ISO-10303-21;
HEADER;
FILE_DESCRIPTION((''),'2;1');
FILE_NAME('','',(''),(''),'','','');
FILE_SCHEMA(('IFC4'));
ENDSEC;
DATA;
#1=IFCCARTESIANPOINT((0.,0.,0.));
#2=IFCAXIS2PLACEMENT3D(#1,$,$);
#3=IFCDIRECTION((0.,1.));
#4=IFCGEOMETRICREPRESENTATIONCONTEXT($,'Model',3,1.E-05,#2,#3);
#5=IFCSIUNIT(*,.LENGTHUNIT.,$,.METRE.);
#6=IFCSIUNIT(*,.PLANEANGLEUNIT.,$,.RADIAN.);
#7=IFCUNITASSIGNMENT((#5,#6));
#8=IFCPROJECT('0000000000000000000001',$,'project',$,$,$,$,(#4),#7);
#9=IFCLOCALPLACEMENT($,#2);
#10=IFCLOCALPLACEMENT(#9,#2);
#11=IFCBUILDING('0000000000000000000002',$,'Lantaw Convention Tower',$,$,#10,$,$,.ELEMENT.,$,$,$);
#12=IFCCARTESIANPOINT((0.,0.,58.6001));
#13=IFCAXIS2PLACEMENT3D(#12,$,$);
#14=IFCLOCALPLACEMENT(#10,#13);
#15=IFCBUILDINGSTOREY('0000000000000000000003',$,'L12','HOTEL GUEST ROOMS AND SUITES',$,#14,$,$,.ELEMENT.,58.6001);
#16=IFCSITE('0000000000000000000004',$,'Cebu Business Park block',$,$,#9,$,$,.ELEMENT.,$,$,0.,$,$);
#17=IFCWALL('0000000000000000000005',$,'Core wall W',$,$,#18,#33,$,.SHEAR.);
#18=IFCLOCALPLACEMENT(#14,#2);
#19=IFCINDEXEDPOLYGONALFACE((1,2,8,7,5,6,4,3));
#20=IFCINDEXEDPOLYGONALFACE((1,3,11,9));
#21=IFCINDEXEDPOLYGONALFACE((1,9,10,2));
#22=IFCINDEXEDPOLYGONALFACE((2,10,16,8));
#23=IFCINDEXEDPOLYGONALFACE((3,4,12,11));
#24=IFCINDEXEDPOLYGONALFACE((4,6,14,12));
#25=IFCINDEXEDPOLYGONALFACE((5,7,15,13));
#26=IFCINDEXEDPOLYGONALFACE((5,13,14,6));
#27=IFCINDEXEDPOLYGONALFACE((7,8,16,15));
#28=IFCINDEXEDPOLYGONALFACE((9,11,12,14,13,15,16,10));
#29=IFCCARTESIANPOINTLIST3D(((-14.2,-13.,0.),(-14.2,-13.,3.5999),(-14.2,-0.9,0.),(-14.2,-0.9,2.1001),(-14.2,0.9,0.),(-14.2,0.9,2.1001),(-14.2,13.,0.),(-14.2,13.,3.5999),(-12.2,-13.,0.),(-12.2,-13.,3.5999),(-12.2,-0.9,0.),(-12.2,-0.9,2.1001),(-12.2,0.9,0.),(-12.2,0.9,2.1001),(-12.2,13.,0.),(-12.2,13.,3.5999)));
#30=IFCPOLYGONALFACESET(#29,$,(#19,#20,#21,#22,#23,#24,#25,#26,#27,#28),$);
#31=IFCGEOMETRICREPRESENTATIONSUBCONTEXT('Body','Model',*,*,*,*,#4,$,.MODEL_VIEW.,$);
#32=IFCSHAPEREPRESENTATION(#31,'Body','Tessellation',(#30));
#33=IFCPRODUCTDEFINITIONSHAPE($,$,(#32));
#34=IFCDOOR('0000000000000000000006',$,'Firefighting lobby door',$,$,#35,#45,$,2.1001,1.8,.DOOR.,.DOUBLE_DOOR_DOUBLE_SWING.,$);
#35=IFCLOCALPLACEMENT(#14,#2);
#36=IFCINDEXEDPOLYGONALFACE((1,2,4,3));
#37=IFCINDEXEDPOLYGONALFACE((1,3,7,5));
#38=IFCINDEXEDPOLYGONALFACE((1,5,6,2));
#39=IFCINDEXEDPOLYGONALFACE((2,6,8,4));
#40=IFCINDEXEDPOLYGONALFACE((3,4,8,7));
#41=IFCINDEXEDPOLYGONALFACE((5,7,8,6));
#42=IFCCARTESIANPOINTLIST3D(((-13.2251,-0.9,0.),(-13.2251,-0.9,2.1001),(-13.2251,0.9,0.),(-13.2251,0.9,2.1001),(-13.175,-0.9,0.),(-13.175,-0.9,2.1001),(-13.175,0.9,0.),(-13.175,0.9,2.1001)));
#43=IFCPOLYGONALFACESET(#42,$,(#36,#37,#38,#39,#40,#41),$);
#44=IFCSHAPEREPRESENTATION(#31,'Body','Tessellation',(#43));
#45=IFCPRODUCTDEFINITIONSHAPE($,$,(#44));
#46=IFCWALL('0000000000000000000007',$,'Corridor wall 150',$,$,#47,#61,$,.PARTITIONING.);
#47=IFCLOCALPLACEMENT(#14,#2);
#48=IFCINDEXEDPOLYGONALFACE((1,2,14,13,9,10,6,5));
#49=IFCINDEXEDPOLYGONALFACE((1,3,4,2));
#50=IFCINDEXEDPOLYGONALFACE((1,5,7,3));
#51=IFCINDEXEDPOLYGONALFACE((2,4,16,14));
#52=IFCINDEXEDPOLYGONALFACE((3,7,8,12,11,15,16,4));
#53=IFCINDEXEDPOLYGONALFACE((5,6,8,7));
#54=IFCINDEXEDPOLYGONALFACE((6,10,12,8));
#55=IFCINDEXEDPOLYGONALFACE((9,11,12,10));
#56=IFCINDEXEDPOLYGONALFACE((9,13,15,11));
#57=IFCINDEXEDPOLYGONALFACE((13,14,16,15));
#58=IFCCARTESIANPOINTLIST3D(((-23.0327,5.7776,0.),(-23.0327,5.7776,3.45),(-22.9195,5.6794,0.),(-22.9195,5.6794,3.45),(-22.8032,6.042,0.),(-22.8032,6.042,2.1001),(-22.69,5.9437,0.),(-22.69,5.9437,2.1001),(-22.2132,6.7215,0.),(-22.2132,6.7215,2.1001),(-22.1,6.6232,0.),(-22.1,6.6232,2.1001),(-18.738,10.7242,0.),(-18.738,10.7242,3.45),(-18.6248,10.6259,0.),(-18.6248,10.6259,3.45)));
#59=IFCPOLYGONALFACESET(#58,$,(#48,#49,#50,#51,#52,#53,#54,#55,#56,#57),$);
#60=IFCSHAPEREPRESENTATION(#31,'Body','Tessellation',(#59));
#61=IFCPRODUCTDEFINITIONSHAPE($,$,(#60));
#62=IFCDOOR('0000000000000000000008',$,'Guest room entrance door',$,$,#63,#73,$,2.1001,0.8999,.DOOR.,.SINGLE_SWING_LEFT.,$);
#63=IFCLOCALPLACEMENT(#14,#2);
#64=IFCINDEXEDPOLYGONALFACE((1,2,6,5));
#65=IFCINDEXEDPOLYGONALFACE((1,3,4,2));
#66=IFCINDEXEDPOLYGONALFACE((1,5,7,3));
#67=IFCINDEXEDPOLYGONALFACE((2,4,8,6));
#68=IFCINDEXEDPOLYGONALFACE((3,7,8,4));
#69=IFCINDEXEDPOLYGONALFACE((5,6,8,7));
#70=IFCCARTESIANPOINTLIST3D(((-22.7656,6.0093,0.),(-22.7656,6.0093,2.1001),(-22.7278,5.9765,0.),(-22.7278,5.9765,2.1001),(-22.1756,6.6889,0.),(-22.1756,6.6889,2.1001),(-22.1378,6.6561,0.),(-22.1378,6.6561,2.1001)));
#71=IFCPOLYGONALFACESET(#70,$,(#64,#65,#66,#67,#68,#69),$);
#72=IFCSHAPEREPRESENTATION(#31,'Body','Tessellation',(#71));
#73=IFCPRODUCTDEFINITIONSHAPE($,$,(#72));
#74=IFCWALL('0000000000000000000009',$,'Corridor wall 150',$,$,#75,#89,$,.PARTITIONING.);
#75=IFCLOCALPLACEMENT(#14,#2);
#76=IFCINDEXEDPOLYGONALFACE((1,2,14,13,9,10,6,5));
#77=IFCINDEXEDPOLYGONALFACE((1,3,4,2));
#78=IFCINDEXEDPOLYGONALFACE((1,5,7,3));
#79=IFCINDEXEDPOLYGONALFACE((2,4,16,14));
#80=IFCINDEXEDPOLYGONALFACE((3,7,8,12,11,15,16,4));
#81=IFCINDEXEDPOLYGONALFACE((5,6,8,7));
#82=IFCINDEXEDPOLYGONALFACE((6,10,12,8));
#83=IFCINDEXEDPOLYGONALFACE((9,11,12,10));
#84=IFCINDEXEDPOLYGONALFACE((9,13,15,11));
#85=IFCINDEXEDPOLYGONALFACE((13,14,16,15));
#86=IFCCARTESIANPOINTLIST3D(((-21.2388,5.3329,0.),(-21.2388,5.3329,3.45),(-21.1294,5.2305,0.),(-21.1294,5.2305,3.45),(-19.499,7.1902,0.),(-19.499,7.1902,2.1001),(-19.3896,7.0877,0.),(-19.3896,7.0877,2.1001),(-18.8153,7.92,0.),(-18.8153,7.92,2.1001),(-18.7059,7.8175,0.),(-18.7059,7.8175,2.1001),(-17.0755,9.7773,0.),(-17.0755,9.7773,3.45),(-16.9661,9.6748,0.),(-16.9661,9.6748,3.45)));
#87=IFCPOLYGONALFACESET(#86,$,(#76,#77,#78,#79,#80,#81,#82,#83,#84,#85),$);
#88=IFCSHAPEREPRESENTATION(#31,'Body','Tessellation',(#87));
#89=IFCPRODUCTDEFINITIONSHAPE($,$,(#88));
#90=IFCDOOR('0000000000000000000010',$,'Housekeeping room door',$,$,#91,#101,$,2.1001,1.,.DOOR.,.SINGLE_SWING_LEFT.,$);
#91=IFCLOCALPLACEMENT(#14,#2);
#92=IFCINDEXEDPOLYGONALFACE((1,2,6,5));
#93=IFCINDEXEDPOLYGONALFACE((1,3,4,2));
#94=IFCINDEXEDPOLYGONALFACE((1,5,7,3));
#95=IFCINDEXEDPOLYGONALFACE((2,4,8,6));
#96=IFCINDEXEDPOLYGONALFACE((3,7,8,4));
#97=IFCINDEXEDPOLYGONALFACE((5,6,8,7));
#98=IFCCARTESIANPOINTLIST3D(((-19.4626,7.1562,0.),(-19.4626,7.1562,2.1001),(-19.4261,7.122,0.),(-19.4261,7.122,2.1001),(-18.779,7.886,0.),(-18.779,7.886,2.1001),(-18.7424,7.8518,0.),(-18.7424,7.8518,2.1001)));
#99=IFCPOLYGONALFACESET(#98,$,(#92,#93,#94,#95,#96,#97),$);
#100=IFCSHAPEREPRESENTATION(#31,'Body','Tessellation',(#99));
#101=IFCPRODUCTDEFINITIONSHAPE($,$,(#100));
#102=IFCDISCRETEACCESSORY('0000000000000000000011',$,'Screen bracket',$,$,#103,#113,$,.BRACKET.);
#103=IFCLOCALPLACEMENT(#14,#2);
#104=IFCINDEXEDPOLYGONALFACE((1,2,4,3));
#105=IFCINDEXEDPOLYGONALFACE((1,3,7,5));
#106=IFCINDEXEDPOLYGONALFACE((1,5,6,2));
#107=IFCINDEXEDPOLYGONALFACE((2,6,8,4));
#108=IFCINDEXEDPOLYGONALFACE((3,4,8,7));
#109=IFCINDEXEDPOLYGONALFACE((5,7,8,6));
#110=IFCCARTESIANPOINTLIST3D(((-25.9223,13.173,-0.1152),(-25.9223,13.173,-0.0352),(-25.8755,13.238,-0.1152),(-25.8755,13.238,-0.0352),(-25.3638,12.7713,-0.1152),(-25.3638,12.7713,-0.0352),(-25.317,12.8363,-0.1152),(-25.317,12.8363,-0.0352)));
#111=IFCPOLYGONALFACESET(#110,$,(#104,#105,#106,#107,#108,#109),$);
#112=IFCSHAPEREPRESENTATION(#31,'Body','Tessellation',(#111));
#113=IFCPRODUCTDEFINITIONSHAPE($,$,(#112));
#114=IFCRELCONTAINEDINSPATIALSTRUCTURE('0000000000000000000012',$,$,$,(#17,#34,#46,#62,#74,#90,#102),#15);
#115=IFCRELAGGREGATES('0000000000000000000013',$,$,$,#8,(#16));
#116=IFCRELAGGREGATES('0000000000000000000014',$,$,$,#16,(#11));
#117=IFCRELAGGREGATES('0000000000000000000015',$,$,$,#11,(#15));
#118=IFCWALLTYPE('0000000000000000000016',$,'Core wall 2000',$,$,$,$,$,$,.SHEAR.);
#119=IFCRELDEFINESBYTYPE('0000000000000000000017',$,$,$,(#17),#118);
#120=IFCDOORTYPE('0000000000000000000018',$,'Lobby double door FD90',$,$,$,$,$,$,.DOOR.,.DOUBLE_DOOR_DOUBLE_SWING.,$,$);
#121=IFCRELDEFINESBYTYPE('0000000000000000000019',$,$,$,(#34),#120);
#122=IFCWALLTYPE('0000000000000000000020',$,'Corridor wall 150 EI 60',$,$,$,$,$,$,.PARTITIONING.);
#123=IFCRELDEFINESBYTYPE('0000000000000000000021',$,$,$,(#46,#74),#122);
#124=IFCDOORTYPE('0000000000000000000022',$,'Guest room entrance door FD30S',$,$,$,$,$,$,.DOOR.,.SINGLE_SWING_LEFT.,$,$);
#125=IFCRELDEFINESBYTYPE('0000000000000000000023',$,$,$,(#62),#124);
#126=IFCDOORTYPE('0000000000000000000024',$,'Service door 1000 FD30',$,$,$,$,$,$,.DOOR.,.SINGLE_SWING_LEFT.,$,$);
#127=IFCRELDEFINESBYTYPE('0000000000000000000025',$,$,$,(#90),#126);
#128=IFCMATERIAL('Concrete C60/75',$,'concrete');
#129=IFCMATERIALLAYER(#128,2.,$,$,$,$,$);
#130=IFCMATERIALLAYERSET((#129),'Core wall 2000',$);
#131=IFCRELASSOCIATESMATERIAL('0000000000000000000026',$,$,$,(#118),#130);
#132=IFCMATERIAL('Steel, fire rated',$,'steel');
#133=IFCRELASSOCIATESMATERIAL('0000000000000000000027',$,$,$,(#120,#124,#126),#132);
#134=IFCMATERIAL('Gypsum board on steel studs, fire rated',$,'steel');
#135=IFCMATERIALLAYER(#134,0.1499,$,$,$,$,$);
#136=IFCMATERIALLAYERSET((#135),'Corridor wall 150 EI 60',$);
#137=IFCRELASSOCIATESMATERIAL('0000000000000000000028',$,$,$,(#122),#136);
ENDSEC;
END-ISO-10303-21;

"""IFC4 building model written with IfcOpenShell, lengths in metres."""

from ifc_helpers import new_model, si_unit, direction, frame, frame_2d, origin, origin_2d, place, context, subcontext, project, spatial, rectangle, extrude, material, layer, layer_set, type_object, element, fill, save


model = new_model("IFC4")

# Units and contexts
model_context = context("Model", 3, precision=1e-05, world=origin(), true_north=direction((0.0, 1.0)))
body_context = subcontext(model_context, "Body", "Model", "MODEL_VIEW")
ifc_project = project(units=[si_unit("LENGTHUNIT", "METRE"), si_unit("PLANEANGLEUNIT", "RADIAN")], contexts=[model_context])

# Site, building, storey
site_placement = place(None, origin())
site = spatial("IfcSite", under=ifc_project, at=site_placement, Name="Cebu Business Park block", CompositionType="ELEMENT", RefElevation=0.0)
building_placement = place(site_placement, origin())
building = spatial("IfcBuilding", under=site, at=building_placement, Name="Lantaw Convention Tower", CompositionType="ELEMENT")
storey_placement = place(building_placement, frame((0.0, 0.0, 58.6001)))
storey = spatial("IfcBuildingStorey", under=building, at=storey_placement, Name="L12", Description="HOTEL GUEST ROOMS AND SUITES", CompositionType="ELEMENT", Elevation=58.6001)

# Shared definitions
ifc_material_1 = material(Name="Concrete C60/75", Category="concrete")

# Walls, openings, doors
ifc_layer_1 = layer(ifc_material_1, 2.0)
ifc_layer_set_1 = layer_set([ifc_layer_1], Name="Core wall 2000")
wall_type_1 = type_object("IfcWallType", Name="Core wall 2000", PredefinedType="SHEAR", material=ifc_layer_set_1)
wall_1_placement = place(storey_placement, frame((-13.2, 13.0, 0.0), z_axis=(0.0, 0.0, 1.0), x_axis=(0.0, -1.0, 0.0)))
wall_1 = element("IfcWall", 1, at=wall_1_placement, inside=storey, type_object=wall_type_1, Name="Core wall W", PredefinedType="SHEAR", context=body_context, shape_type="SweptSolid", body=[
    extrude(rectangle(XDim=26.0, YDim=2.0, at=frame_2d((13.0, 0.0))), origin(), (0.0, 0.0, 1.0), 3.5999),
])
opening_1_placement = place(wall_1_placement, frame((12.1001, 0.0, 0.0)))
opening_1 = element("IfcOpeningElement", 2, at=opening_1_placement, cuts=wall_1, PredefinedType="OPENING", context=body_context, shape_type="SweptSolid", body=[
    extrude(rectangle(XDim=1.8, YDim=2.1001, at=frame_2d((0.8999, 1.05))), frame((0.0, 1.01, 0.0), z_axis=(0.0, -1.0, 0.0), x_axis=(1.0, 0.0, 0.0)), (0.0, 0.0, 1.0), 2.02),
])
ifc_material_2 = material(Name="Steel, fire rated", Category="steel")
door_type_1 = type_object("IfcDoorType", Name="Lobby double door FD90", OperationType="DOUBLE_DOOR_DOUBLE_SWING", PredefinedType="DOOR", material=ifc_material_2)
door_1_placement = place(opening_1_placement, origin())
door_1 = element("IfcDoor", 3, at=door_1_placement, inside=storey, type_object=door_type_1, Name="Firefighting lobby door", OperationType="DOUBLE_DOOR_DOUBLE_SWING", OverallHeight=2.1001, OverallWidth=1.8, PredefinedType="DOOR", context=body_context, shape_type="SweptSolid", body=[
    extrude(rectangle(XDim=1.8, YDim=2.1001, at=frame_2d((0.8999, 1.05))), frame((0.0, 0.0249, 0.0), z_axis=(0.0, -1.0, 0.0), x_axis=(1.0, 0.0, 0.0)), (0.0, 0.0, 1.0), 0.05),
])
fill(opening_1, door_1)
ifc_material_3 = material(Name="Gypsum board on steel studs, fire rated", Category="steel")
ifc_layer_2 = layer(ifc_material_3, 0.1499)
ifc_layer_set_2 = layer_set([ifc_layer_2], Name="Corridor wall 150 EI 60")
wall_type_2 = type_object("IfcWallType", Name="Corridor wall 150 EI 60", PredefinedType="PARTITIONING", material=ifc_layer_set_2)
wall_2_placement = place(storey_placement, frame((-18.6814, 10.675, 0.0), z_axis=(0.0, 0.0, 1.0), x_axis=(-0.6556, -0.755108, 0.0)))
wall_2 = element("IfcWall", 4, at=wall_2_placement, inside=storey, type_object=wall_type_2, Name="Corridor wall 150", PredefinedType="PARTITIONING", context=body_context, shape_type="SweptSolid", body=[
    extrude(rectangle(XDim=6.5508, YDim=0.1499, at=frame_2d((3.2754, 0.0))), origin(), (0.0, 0.0, 1.0), 3.45),
])
opening_2_placement = place(wall_2_placement, frame((5.3008, 0.0, 0.0)))
opening_2 = element("IfcOpeningElement", 5, at=opening_2_placement, cuts=wall_2, PredefinedType="OPENING", context=body_context, shape_type="SweptSolid", body=[
    extrude(rectangle(XDim=0.8999, YDim=2.1001, at=frame_2d((0.45, 1.05))), frame((0.0, 0.085, 0.0), z_axis=(0.0, -1.0, 0.0), x_axis=(1.0, 0.0, 0.0)), (0.0, 0.0, 1.0), 0.1699),
])
door_type_2 = type_object("IfcDoorType", Name="Guest room entrance door FD30S", OperationType="SINGLE_SWING_LEFT", PredefinedType="DOOR", material=ifc_material_2)
door_2_placement = place(opening_2_placement, origin())
door_2 = element("IfcDoor", 6, at=door_2_placement, inside=storey, type_object=door_type_2, Name="Guest room entrance door", OperationType="SINGLE_SWING_LEFT", OverallHeight=2.1001, OverallWidth=0.8999, PredefinedType="DOOR", context=body_context, shape_type="SweptSolid", body=[
    extrude(rectangle(XDim=0.8999, YDim=2.1001, at=frame_2d((0.45, 1.05))), frame((0.0, 0.0249, 0.0), z_axis=(0.0, -1.0, 0.0), x_axis=(1.0, 0.0, 0.0)), (0.0, 0.0, 1.0), 0.05),
])
fill(opening_2, door_2)
wall_3_placement = place(storey_placement, frame((-17.0208, 9.7261, 0.0), z_axis=(0.0, 0.0, 1.0), x_axis=(-0.683658, -0.729802, 0.0)))
wall_3 = element("IfcWall", 7, at=wall_3_placement, inside=storey, type_object=wall_type_2, Name="Corridor wall 150", PredefinedType="PARTITIONING", context=body_context, shape_type="SweptSolid", body=[
    extrude(rectangle(XDim=6.0898, YDim=0.1499, at=frame_2d((3.0449, 0.0))), origin(), (0.0, 0.0, 1.0), 3.45),
])
opening_3_placement = place(wall_3_placement, frame((2.5449, 0.0, 0.0)))
opening_3 = element("IfcOpeningElement", 8, at=opening_3_placement, cuts=wall_3, PredefinedType="OPENING", context=body_context, shape_type="SweptSolid", body=[
    extrude(rectangle(XDim=1.0, YDim=2.1001, at=frame_2d((0.5, 1.05))), frame((0.0, 0.085, 0.0), z_axis=(0.0, -1.0, 0.0), x_axis=(1.0, 0.0, 0.0)), (0.0, 0.0, 1.0), 0.1699),
])
door_type_3 = type_object("IfcDoorType", Name="Service door 1000 FD30", OperationType="SINGLE_SWING_LEFT", PredefinedType="DOOR", material=ifc_material_2)
door_3_placement = place(opening_3_placement, origin())
door_3 = element("IfcDoor", 9, at=door_3_placement, inside=storey, type_object=door_type_3, Name="Housekeeping room door", OperationType="SINGLE_SWING_LEFT", OverallHeight=2.1001, OverallWidth=1.0, PredefinedType="DOOR", context=body_context, shape_type="SweptSolid", body=[
    extrude(rectangle(XDim=1.0, YDim=2.1001, at=frame_2d((0.5, 1.05))), frame((0.0, 0.0249, 0.0), z_axis=(0.0, -1.0, 0.0), x_axis=(1.0, 0.0, 0.0)), (0.0, 0.0, 1.0), 0.05),
])
fill(opening_3, door_3)

# Discrete accessory
discrete_accessory_placement = place(storey_placement, frame((-25.6196, 13.0046, -0.1152), z_axis=(0.0, 0.0, 1.0), x_axis=(-0.583951, -0.811789, 0.0)))
element("IfcDiscreteAccessory", 10, at=discrete_accessory_placement, inside=storey, Name="Screen bracket", PredefinedType="BRACKET", context=body_context, shape_type="SweptSolid", body=[
    extrude(rectangle(XDim=0.0801, YDim=0.688, at=origin_2d()), origin(), (0.0, 0.0, 1.0), 0.0801),
])

save(model, "model.ifc")
